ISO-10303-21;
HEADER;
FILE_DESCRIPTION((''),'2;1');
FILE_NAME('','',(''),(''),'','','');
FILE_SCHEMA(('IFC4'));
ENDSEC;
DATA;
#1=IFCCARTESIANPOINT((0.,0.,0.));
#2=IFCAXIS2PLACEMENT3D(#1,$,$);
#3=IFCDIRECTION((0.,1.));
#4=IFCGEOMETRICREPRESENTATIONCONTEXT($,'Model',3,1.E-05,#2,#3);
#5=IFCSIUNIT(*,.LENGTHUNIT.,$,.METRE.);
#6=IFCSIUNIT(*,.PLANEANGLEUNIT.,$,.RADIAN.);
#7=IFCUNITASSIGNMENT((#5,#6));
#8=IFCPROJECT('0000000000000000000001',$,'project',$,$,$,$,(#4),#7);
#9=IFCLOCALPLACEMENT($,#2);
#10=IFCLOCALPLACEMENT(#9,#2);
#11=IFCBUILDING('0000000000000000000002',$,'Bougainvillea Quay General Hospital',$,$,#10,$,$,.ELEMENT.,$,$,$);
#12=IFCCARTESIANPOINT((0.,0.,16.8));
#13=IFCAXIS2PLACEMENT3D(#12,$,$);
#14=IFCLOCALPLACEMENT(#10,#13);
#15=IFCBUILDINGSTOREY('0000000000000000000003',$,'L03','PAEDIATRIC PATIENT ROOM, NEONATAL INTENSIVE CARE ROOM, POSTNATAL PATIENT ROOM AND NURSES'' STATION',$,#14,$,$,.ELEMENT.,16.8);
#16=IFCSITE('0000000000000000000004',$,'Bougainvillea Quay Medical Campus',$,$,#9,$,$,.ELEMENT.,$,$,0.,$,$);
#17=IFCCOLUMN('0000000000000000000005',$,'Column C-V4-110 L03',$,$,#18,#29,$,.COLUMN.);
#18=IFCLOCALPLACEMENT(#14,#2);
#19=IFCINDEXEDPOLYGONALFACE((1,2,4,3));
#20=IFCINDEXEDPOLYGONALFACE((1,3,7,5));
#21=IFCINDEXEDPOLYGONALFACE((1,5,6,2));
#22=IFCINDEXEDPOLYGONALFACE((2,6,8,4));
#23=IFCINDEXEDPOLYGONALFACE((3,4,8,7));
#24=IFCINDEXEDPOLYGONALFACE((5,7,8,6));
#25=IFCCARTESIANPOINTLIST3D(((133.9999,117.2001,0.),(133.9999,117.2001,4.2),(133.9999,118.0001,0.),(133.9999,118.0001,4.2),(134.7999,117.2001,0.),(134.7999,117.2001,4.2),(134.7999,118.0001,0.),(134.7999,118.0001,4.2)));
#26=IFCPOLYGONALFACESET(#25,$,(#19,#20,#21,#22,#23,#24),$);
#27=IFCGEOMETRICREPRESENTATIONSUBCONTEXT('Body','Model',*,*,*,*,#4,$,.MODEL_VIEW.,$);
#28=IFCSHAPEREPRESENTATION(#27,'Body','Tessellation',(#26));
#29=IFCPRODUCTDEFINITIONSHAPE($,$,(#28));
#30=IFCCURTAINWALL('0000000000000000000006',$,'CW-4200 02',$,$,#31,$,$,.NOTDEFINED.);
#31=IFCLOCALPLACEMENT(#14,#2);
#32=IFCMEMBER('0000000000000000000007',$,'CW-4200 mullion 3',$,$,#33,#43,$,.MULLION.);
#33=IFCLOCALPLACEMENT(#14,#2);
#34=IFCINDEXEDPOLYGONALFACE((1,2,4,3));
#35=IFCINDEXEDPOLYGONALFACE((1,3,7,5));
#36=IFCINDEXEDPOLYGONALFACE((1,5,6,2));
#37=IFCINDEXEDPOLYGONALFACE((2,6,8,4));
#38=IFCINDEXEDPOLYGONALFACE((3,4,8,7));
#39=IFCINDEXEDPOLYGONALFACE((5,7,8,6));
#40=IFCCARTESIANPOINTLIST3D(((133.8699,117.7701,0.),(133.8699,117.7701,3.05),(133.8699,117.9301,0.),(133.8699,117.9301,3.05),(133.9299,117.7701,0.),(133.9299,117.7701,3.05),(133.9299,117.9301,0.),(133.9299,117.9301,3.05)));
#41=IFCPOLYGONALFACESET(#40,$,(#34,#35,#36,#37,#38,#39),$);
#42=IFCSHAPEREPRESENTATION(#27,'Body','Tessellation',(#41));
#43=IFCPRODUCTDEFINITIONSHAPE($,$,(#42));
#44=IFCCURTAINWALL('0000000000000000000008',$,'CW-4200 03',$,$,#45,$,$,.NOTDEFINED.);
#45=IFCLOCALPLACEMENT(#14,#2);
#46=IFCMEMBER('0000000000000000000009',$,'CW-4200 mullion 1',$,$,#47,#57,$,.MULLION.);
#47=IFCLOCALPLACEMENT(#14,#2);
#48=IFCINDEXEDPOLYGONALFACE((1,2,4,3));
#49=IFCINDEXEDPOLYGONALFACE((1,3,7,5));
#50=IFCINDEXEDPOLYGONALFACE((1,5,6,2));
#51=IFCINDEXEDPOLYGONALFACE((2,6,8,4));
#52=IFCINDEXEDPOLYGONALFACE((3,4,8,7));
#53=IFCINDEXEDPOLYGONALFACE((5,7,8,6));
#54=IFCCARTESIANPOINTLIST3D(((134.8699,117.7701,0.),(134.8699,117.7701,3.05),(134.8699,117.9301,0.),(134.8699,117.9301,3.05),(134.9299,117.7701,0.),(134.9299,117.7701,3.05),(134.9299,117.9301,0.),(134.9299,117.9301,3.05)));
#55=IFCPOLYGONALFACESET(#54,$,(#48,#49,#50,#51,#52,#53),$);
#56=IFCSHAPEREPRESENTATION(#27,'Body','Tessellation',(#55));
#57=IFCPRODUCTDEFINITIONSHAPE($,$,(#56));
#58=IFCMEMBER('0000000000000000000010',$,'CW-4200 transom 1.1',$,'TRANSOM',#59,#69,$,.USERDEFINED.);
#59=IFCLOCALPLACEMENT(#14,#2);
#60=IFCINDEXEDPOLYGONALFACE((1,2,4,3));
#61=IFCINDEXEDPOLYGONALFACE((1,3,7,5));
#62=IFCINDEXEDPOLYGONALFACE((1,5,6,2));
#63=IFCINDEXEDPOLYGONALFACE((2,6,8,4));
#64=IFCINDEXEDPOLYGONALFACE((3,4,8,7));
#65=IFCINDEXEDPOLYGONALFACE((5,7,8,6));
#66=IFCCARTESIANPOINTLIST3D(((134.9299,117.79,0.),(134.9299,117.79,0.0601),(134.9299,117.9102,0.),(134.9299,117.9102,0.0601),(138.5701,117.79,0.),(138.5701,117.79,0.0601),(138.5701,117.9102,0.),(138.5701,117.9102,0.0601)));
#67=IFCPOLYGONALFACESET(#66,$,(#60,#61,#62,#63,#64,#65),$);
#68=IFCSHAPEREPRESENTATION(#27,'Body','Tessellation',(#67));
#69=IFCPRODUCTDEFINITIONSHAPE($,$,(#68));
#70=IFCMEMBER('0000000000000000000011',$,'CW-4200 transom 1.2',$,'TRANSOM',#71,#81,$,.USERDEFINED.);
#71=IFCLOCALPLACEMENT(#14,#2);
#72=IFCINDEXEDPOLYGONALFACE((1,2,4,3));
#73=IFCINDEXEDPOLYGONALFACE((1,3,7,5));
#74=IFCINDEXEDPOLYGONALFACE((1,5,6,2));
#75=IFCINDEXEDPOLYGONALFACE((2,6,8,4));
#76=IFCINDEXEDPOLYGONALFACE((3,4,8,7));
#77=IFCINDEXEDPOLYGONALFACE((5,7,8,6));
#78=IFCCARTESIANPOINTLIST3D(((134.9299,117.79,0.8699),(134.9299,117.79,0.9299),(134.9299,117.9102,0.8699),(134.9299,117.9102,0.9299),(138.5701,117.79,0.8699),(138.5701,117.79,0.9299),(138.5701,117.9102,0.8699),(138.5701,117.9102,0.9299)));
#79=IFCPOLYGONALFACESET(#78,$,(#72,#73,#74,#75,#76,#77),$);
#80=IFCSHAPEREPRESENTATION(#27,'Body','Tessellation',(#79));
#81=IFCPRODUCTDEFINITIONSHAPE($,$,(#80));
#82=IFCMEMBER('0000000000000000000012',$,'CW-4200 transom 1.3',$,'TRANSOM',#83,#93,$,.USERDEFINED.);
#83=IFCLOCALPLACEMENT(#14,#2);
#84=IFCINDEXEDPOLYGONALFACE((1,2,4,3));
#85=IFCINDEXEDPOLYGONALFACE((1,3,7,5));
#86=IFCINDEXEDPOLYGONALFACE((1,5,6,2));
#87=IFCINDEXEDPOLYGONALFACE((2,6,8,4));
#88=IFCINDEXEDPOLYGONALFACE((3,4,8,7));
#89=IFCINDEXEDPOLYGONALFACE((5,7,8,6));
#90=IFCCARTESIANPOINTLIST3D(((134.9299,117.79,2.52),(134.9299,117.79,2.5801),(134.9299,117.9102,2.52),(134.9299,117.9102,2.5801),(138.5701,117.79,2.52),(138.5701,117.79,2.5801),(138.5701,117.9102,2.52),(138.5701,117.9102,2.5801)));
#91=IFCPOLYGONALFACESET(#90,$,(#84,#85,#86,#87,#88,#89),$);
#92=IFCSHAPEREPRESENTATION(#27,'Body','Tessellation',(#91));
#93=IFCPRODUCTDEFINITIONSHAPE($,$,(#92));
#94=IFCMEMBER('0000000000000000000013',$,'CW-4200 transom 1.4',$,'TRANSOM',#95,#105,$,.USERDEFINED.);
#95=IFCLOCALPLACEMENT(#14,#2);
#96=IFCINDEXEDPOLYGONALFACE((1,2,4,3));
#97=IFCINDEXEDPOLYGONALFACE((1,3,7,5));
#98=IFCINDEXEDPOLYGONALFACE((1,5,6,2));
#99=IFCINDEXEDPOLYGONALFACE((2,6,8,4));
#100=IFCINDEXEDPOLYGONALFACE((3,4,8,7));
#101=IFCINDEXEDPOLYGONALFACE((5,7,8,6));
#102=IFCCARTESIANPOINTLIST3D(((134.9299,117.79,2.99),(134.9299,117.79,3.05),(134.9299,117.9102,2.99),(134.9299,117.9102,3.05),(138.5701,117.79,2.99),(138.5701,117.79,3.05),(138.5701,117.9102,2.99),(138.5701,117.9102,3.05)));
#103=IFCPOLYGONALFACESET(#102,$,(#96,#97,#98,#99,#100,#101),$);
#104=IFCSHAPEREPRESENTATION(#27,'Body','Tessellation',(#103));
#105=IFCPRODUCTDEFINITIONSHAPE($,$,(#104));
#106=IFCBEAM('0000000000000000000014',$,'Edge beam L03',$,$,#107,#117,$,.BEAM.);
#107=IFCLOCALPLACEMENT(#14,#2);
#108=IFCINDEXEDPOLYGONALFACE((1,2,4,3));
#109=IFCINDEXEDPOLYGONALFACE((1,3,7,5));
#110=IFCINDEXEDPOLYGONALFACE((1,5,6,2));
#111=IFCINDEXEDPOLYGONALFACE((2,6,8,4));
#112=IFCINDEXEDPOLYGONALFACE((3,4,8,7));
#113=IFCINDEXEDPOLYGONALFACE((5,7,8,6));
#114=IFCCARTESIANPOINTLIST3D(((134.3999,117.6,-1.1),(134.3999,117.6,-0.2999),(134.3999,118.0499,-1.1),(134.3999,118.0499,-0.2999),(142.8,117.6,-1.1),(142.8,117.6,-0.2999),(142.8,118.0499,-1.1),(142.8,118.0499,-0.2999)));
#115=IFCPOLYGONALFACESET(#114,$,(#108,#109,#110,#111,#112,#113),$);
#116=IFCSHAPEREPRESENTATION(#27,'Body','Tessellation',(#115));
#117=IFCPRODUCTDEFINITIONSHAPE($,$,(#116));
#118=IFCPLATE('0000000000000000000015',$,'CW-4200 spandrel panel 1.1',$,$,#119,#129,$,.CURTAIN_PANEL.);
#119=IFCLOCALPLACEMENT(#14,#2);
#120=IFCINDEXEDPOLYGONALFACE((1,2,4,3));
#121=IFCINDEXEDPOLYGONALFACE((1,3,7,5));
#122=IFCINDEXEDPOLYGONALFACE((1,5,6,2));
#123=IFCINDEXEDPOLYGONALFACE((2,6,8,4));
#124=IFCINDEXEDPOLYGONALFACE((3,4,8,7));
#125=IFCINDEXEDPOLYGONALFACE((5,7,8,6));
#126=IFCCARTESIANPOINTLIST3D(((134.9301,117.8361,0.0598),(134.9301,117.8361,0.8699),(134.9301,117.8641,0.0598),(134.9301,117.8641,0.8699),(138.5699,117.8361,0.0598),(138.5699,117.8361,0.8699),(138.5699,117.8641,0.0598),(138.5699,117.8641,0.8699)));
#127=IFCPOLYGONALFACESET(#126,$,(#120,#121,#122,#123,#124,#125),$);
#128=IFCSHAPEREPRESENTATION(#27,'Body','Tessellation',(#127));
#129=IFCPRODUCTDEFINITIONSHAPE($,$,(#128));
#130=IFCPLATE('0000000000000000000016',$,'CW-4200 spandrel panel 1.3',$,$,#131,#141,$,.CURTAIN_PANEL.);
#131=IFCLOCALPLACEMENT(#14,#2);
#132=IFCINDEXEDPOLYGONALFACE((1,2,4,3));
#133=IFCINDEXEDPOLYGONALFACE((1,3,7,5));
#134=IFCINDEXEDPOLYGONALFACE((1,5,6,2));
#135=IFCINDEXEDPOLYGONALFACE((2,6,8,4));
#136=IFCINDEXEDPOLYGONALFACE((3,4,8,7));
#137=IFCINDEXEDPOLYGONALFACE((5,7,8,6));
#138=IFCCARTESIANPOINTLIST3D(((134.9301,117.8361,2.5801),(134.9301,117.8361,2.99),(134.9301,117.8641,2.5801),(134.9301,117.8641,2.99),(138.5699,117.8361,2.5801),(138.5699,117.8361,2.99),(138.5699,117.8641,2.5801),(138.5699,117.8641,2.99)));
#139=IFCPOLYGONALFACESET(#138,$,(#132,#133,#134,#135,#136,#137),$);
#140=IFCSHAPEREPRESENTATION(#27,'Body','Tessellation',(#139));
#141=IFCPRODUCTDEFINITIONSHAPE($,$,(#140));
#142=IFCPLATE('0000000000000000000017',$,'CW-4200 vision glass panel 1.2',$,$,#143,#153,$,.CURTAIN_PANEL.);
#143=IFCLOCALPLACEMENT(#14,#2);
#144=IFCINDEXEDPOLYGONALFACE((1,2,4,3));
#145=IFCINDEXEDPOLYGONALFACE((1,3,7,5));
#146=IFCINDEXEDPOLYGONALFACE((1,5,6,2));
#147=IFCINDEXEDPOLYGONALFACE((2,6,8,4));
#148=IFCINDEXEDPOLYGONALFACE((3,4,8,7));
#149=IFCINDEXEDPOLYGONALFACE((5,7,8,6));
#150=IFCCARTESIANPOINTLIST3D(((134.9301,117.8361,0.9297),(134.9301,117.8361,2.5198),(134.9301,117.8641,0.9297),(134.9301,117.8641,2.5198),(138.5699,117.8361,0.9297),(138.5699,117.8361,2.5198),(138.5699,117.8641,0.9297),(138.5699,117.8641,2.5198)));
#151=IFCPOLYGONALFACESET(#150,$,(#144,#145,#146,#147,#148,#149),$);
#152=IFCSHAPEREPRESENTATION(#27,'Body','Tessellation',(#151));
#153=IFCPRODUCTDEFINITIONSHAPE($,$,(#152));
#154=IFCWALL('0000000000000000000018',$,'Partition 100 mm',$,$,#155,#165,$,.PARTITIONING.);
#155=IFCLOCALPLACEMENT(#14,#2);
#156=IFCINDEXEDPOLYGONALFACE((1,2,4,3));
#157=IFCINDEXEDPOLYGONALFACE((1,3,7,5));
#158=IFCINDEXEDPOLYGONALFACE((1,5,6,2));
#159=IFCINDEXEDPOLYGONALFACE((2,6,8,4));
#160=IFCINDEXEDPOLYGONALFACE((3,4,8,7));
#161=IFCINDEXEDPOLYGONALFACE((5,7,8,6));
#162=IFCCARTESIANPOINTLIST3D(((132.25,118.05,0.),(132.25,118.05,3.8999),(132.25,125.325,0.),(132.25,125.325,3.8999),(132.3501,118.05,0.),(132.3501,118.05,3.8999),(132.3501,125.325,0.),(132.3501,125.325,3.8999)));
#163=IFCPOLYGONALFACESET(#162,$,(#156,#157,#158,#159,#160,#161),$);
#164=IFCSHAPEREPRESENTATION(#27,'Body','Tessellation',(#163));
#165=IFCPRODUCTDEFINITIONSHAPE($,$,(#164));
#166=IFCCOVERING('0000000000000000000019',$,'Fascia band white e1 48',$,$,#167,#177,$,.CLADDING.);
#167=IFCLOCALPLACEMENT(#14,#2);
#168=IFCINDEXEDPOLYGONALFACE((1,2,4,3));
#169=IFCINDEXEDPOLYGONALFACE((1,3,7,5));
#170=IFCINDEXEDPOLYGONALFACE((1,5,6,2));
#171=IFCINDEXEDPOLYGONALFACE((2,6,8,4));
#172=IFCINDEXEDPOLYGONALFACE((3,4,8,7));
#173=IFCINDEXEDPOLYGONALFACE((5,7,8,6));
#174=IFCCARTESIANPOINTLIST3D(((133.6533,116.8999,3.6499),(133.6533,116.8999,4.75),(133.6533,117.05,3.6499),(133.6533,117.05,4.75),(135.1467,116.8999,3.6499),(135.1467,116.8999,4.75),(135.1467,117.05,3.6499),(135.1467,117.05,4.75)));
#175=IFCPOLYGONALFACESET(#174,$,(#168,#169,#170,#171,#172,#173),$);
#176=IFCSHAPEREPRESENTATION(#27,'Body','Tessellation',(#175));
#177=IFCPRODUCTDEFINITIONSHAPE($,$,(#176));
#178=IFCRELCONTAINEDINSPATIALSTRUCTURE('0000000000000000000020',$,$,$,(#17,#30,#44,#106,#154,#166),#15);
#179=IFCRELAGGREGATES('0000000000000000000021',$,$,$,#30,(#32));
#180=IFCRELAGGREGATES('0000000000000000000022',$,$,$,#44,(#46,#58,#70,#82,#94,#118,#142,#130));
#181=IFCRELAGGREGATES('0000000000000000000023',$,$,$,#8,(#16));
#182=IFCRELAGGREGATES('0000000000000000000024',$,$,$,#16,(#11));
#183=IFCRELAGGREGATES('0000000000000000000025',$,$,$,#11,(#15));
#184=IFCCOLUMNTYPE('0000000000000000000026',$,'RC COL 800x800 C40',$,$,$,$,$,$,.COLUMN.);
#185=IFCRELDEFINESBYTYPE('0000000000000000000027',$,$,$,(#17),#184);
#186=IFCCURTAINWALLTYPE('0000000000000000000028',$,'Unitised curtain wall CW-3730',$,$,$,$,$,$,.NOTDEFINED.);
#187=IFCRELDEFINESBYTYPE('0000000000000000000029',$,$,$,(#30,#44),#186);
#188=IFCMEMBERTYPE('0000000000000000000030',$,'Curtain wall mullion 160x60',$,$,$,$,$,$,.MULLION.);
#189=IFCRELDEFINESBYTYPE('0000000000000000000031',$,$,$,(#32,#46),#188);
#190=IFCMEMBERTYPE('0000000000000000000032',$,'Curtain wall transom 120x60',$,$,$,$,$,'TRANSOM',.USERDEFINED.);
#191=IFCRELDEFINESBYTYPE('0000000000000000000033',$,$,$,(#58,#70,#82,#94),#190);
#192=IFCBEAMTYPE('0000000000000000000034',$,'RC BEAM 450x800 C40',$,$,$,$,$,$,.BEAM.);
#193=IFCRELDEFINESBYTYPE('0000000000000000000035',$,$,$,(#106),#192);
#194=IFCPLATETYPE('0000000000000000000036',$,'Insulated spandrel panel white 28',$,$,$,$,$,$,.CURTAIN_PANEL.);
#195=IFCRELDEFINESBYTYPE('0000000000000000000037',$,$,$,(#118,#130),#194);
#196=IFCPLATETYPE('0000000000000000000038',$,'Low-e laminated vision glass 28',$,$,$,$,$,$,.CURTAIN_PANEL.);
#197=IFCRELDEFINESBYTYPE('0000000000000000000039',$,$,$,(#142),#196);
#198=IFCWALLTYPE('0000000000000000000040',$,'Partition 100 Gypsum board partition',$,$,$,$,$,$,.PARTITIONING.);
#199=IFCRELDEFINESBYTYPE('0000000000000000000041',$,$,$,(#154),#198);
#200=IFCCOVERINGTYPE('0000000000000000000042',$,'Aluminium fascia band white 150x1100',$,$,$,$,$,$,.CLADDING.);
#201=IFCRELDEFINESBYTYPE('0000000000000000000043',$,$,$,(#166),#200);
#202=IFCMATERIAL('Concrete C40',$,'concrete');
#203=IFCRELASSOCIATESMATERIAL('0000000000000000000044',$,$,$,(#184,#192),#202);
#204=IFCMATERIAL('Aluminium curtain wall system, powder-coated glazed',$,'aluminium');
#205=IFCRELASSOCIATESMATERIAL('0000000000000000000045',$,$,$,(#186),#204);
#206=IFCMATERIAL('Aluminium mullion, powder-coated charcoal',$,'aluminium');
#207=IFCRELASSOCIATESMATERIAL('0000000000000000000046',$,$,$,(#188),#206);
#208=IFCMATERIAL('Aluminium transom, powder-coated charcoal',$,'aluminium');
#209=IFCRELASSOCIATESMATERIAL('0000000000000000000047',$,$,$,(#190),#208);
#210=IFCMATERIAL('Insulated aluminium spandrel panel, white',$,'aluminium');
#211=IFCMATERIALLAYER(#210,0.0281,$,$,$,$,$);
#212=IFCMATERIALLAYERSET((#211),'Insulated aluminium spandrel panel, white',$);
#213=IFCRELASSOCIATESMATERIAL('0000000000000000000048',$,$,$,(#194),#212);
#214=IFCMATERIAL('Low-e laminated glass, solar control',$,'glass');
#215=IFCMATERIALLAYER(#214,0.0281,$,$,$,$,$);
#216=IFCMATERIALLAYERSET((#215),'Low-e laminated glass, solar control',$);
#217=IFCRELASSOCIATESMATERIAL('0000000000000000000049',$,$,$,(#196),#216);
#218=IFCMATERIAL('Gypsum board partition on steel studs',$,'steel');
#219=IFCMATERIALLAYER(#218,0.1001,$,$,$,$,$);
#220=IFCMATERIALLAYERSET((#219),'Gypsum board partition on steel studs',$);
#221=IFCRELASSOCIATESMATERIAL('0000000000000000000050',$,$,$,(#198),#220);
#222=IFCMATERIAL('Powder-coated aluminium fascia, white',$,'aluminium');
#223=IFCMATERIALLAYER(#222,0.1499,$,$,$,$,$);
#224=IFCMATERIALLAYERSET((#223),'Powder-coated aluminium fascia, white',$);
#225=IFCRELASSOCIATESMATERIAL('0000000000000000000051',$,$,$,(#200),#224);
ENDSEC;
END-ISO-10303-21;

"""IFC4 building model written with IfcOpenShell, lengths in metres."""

from ifc_helpers import new_model, si_unit, direction, frame, frame_2d, origin, origin_2d, place, context, subcontext, project, spatial, polyline, rectangle, outline, extrude, material, layer, layer_set, material_profile, profile_set, type_object, element, aggregate, save


model = new_model("IFC4")

# Units and contexts
model_context = context("Model", 3, precision=1e-05, world=origin(), true_north=direction((0.0, 1.0)))
body_context = subcontext(model_context, "Body", "Model", "MODEL_VIEW")
ifc_project = project(units=[si_unit("LENGTHUNIT", "METRE"), si_unit("PLANEANGLEUNIT", "RADIAN")], contexts=[model_context])

# Site, building, storey
site_placement = place(None, origin())
site = spatial("IfcSite", under=ifc_project, at=site_placement, Name="Bougainvillea Quay Medical Campus", CompositionType="ELEMENT", RefElevation=0.0)
building_placement = place(site_placement, origin())
building = spatial("IfcBuilding", under=site, at=building_placement, Name="Bougainvillea Quay General Hospital", CompositionType="ELEMENT")
storey_placement = place(building_placement, frame((0.0, 0.0, 16.8)))
storey = spatial("IfcBuildingStorey", under=building, at=storey_placement, Name="L03", Description="PAEDIATRIC PATIENT ROOM, NEONATAL INTENSIVE CARE ROOM, POSTNATAL PATIENT ROOM AND NURSES' STATION", CompositionType="ELEMENT", Elevation=16.8)

# Column
ifc_material_1 = material(Name="Concrete C40", Category="concrete")
ifc_material_profile_1 = material_profile(ifc_material_1, rectangle(XDim=0.8, YDim=0.8, at=origin_2d()))
ifc_profile_set_1 = profile_set([ifc_material_profile_1], Name="Concrete C40")
column_type = type_object("IfcColumnType", Name="RC COL 800x800 C40", PredefinedType="COLUMN", material=ifc_profile_set_1)
column_placement = place(storey_placement, frame((134.3999, 117.6001, 0.0), z_axis=(0.0, 0.0, 1.0), x_axis=(1.0, 0.0, 0.0)))
element("IfcColumn", 1, at=column_placement, inside=storey, type_object=column_type, Name="Column C-V4-110 L03", PredefinedType="COLUMN", context=body_context, shape_type="SweptSolid", body=[
    extrude(rectangle(XDim=0.8, YDim=0.8, at=origin_2d()), origin(), (0.0, 0.0, 1.0), 4.2),
])

# Curtain wall, member
ifc_material_2 = material(Name="Aluminium curtain wall system, powder-coated glazed", Category="aluminium")
curtain_wall_type = type_object("IfcCurtainWallType", Name="Unitised curtain wall CW-3730", PredefinedType="NOTDEFINED", material=ifc_material_2)
curtain_wall_1_placement = place(storey_placement, origin())
curtain_wall_1 = element("IfcCurtainWall", 2, at=curtain_wall_1_placement, inside=storey, type_object=curtain_wall_type, Name="CW-4200 02", PredefinedType="NOTDEFINED")
ifc_material_3 = material(Name="Aluminium mullion, powder-coated charcoal", Category="aluminium")
ifc_material_profile_2 = material_profile(ifc_material_3, rectangle(XDim=0.1599, YDim=0.0601, at=origin_2d()))
ifc_profile_set_2 = profile_set([ifc_material_profile_2], Name="Aluminium mullion, powder-coated charcoal")
member_type_1 = type_object("IfcMemberType", Name="Curtain wall mullion 160x60", PredefinedType="MULLION", material=ifc_profile_set_2)
member_1_placement = place(storey_placement, frame((133.8999, 117.8501, 0.0), z_axis=(0.0, 0.0, 1.0), x_axis=(0.0, 1.0, 0.0)))
member_1 = element("IfcMember", 3, at=member_1_placement, type_object=member_type_1, Name="CW-4200 mullion 3", PredefinedType="MULLION", context=body_context, shape_type="SweptSolid", body=[
    extrude(rectangle(XDim=0.1599, YDim=0.0601, at=origin_2d()), origin(), (0.0, 0.0, 1.0), 3.05),
])
aggregate(curtain_wall_1, [member_1])

# Curtain wall, members
curtain_wall_2_placement = place(storey_placement, origin())
curtain_wall_2 = element("IfcCurtainWall", 4, at=curtain_wall_2_placement, inside=storey, type_object=curtain_wall_type, Name="CW-4200 03", PredefinedType="NOTDEFINED")
member_2_placement = place(storey_placement, frame((134.8999, 117.8501, 0.0), z_axis=(0.0, 0.0, 1.0), x_axis=(0.0, 1.0, 0.0)))
member_2 = element("IfcMember", 5, at=member_2_placement, type_object=member_type_1, Name="CW-4200 mullion 1", PredefinedType="MULLION", context=body_context, shape_type="SweptSolid", body=[
    extrude(rectangle(XDim=0.1599, YDim=0.0601, at=origin_2d()), origin(), (0.0, 0.0, 1.0), 3.05),
])
ifc_material_4 = material(Name="Aluminium transom, powder-coated charcoal", Category="aluminium")
ifc_material_profile_3 = material_profile(ifc_material_4, rectangle(XDim=0.1201, YDim=0.0601, at=origin_2d()))
ifc_profile_set_3 = profile_set([ifc_material_profile_3], Name="Aluminium transom, powder-coated charcoal")
member_type_2 = type_object("IfcMemberType", Name="Curtain wall transom 120x60", ElementType="TRANSOM", PredefinedType="USERDEFINED", material=ifc_profile_set_3)
member_3_placement = place(storey_placement, frame((134.9299, 117.8501, 0.03), z_axis=(1.0, 0.0, 0.0), x_axis=(0.0, 1.0, 0.0)))
member_3 = element("IfcMember", 6, at=member_3_placement, type_object=member_type_2, Name="CW-4200 transom 1.1", ObjectType="TRANSOM", PredefinedType="USERDEFINED", context=body_context, shape_type="SweptSolid", body=[
    extrude(rectangle(XDim=0.1201, YDim=0.0601, at=origin_2d()), origin(), (0.0, 0.0, 1.0), 3.6401),
])
member_4_placement = place(storey_placement, frame((134.9299, 117.8501, 0.8999), z_axis=(1.0, 0.0, 0.0), x_axis=(0.0, 1.0, 0.0)))
member_4 = element("IfcMember", 7, at=member_4_placement, type_object=member_type_2, Name="CW-4200 transom 1.2", ObjectType="TRANSOM", PredefinedType="USERDEFINED", context=body_context, shape_type="SweptSolid", body=[
    extrude(rectangle(XDim=0.1201, YDim=0.0601, at=origin_2d()), origin(), (0.0, 0.0, 1.0), 3.6401),
])
member_5_placement = place(storey_placement, frame((134.9299, 117.8501, 2.55), z_axis=(1.0, 0.0, 0.0), x_axis=(0.0, 1.0, 0.0)))
member_5 = element("IfcMember", 8, at=member_5_placement, type_object=member_type_2, Name="CW-4200 transom 1.3", ObjectType="TRANSOM", PredefinedType="USERDEFINED", context=body_context, shape_type="SweptSolid", body=[
    extrude(rectangle(XDim=0.1201, YDim=0.0601, at=origin_2d()), origin(), (0.0, 0.0, 1.0), 3.6401),
])
member_6_placement = place(storey_placement, frame((134.9299, 117.8501, 3.02), z_axis=(1.0, 0.0, 0.0), x_axis=(0.0, 1.0, 0.0)))
member_6 = element("IfcMember", 9, at=member_6_placement, type_object=member_type_2, Name="CW-4200 transom 1.4", ObjectType="TRANSOM", PredefinedType="USERDEFINED", context=body_context, shape_type="SweptSolid", body=[
    extrude(rectangle(XDim=0.1201, YDim=0.0601, at=origin_2d()), origin(), (0.0, 0.0, 1.0), 3.6401),
])

# Beam
ifc_material_profile_4 = material_profile(ifc_material_1, rectangle(XDim=0.45, YDim=0.8, at=origin_2d()))
ifc_profile_set_4 = profile_set([ifc_material_profile_4], Name="Concrete C40")
beam_type = type_object("IfcBeamType", Name="RC BEAM 450x800 C40", PredefinedType="BEAM", material=ifc_profile_set_4)
beam_placement = place(storey_placement, frame((134.3999, 117.825, -0.7), z_axis=(1.0, 0.0, 0.0), x_axis=(0.0, 1.0, 0.0)))
element("IfcBeam", 10, at=beam_placement, inside=storey, type_object=beam_type, Name="Edge beam L03", PredefinedType="BEAM", context=body_context, shape_type="SweptSolid", body=[
    extrude(rectangle(XDim=0.45, YDim=0.8, at=origin_2d()), origin(), (0.0, 0.0, 1.0), 8.4001),
])

# Plates
ifc_material_5 = material(Name="Insulated aluminium spandrel panel, white", Category="aluminium")
ifc_layer_1 = layer(ifc_material_5, 0.0281)
ifc_layer_set_1 = layer_set([ifc_layer_1], Name="Insulated aluminium spandrel panel, white")
plate_type_1 = type_object("IfcPlateType", Name="Insulated spandrel panel white 28", PredefinedType="CURTAIN_PANEL", material=ifc_layer_set_1)
plate_1_placement = place(storey_placement, frame((136.75, 117.8501, 0.0598), z_axis=(0.0, 0.0, 1.0), x_axis=(1.0, 0.0, 0.0)))
plate_1 = element("IfcPlate", 11, at=plate_1_placement, type_object=plate_type_1, Name="CW-4200 spandrel panel 1.1", PredefinedType="CURTAIN_PANEL", context=body_context, shape_type="SweptSolid", body=[
    extrude(rectangle(XDim=3.6399, YDim=0.0281, at=origin_2d()), origin(), (0.0, 0.0, 1.0), 0.8101),
])
plate_2_placement = place(storey_placement, frame((136.75, 117.8501, 2.5801), z_axis=(0.0, 0.0, 1.0), x_axis=(1.0, 0.0, 0.0)))
plate_2 = element("IfcPlate", 12, at=plate_2_placement, type_object=plate_type_1, Name="CW-4200 spandrel panel 1.3", PredefinedType="CURTAIN_PANEL", context=body_context, shape_type="SweptSolid", body=[
    extrude(rectangle(XDim=3.6399, YDim=0.0281, at=origin_2d()), origin(), (0.0, 0.0, 1.0), 0.4099),
])
ifc_material_6 = material(Name="Low-e laminated glass, solar control", Category="glass")
ifc_layer_2 = layer(ifc_material_6, 0.0281)
ifc_layer_set_2 = layer_set([ifc_layer_2], Name="Low-e laminated glass, solar control")
plate_type_2 = type_object("IfcPlateType", Name="Low-e laminated vision glass 28", PredefinedType="CURTAIN_PANEL", material=ifc_layer_set_2)
plate_3_placement = place(storey_placement, frame((136.75, 117.8501, 0.9297), z_axis=(0.0, 0.0, 1.0), x_axis=(1.0, 0.0, 0.0)))
plate_3 = element("IfcPlate", 13, at=plate_3_placement, type_object=plate_type_2, Name="CW-4200 vision glass panel 1.2", PredefinedType="CURTAIN_PANEL", context=body_context, shape_type="SweptSolid", body=[
    extrude(rectangle(XDim=3.6399, YDim=0.0281, at=origin_2d()), origin(), (0.0, 0.0, 1.0), 1.5901),
])
aggregate(curtain_wall_2, [member_2, member_3, member_4, member_5, member_6, plate_1, plate_3, plate_2])

# Wall
ifc_material_7 = material(Name="Gypsum board partition on steel studs", Category="steel")
ifc_layer_3 = layer(ifc_material_7, 0.1001)
ifc_layer_set_3 = layer_set([ifc_layer_3], Name="Gypsum board partition on steel studs")
wall_type = type_object("IfcWallType", Name="Partition 100 Gypsum board partition", PredefinedType="PARTITIONING", material=ifc_layer_set_3)
wall_placement = place(storey_placement, frame((132.3, 118.05, 0.0), z_axis=(0.0, 0.0, 1.0), x_axis=(0.0, 1.0, 0.0)))
element("IfcWall", 14, at=wall_placement, inside=storey, type_object=wall_type, Name="Partition 100 mm", PredefinedType="PARTITIONING", context=body_context, shape_type="SweptSolid", body=[
    extrude(rectangle(XDim=7.2749, YDim=0.1001, at=frame_2d((3.6375, 0.0))), origin(), (0.0, 0.0, 1.0), 3.8999),
])

# Covering
ifc_material_8 = material(Name="Powder-coated aluminium fascia, white", Category="aluminium")
ifc_layer_4 = layer(ifc_material_8, 0.1499)
ifc_layer_set_4 = layer_set([ifc_layer_4], Name="Powder-coated aluminium fascia, white")
covering_type = type_object("IfcCoveringType", Name="Aluminium fascia band white 150x1100", PredefinedType="CLADDING", material=ifc_layer_set_4)
covering_1_placement = place(storey_placement, frame((133.6533, 117.05, 3.6499), z_axis=(0.0, 0.0, 1.0), x_axis=(1.0, 0.0, 0.0)))
element("IfcCovering", 15, at=covering_1_placement, inside=storey, type_object=covering_type, Name="Fascia band white e1 48", PredefinedType="CLADDING", context=body_context, shape_type="SweptSolid", body=[
    extrude(outline(polyline([(0.0, 0.0), (1.4934, 0.0), (1.4934, -0.1501), (0.0, -0.1501), (0.0, 0.0)])), origin(), (0.0, 0.0, 1.0), 1.1001),
])

save(model, "model.ifc")
